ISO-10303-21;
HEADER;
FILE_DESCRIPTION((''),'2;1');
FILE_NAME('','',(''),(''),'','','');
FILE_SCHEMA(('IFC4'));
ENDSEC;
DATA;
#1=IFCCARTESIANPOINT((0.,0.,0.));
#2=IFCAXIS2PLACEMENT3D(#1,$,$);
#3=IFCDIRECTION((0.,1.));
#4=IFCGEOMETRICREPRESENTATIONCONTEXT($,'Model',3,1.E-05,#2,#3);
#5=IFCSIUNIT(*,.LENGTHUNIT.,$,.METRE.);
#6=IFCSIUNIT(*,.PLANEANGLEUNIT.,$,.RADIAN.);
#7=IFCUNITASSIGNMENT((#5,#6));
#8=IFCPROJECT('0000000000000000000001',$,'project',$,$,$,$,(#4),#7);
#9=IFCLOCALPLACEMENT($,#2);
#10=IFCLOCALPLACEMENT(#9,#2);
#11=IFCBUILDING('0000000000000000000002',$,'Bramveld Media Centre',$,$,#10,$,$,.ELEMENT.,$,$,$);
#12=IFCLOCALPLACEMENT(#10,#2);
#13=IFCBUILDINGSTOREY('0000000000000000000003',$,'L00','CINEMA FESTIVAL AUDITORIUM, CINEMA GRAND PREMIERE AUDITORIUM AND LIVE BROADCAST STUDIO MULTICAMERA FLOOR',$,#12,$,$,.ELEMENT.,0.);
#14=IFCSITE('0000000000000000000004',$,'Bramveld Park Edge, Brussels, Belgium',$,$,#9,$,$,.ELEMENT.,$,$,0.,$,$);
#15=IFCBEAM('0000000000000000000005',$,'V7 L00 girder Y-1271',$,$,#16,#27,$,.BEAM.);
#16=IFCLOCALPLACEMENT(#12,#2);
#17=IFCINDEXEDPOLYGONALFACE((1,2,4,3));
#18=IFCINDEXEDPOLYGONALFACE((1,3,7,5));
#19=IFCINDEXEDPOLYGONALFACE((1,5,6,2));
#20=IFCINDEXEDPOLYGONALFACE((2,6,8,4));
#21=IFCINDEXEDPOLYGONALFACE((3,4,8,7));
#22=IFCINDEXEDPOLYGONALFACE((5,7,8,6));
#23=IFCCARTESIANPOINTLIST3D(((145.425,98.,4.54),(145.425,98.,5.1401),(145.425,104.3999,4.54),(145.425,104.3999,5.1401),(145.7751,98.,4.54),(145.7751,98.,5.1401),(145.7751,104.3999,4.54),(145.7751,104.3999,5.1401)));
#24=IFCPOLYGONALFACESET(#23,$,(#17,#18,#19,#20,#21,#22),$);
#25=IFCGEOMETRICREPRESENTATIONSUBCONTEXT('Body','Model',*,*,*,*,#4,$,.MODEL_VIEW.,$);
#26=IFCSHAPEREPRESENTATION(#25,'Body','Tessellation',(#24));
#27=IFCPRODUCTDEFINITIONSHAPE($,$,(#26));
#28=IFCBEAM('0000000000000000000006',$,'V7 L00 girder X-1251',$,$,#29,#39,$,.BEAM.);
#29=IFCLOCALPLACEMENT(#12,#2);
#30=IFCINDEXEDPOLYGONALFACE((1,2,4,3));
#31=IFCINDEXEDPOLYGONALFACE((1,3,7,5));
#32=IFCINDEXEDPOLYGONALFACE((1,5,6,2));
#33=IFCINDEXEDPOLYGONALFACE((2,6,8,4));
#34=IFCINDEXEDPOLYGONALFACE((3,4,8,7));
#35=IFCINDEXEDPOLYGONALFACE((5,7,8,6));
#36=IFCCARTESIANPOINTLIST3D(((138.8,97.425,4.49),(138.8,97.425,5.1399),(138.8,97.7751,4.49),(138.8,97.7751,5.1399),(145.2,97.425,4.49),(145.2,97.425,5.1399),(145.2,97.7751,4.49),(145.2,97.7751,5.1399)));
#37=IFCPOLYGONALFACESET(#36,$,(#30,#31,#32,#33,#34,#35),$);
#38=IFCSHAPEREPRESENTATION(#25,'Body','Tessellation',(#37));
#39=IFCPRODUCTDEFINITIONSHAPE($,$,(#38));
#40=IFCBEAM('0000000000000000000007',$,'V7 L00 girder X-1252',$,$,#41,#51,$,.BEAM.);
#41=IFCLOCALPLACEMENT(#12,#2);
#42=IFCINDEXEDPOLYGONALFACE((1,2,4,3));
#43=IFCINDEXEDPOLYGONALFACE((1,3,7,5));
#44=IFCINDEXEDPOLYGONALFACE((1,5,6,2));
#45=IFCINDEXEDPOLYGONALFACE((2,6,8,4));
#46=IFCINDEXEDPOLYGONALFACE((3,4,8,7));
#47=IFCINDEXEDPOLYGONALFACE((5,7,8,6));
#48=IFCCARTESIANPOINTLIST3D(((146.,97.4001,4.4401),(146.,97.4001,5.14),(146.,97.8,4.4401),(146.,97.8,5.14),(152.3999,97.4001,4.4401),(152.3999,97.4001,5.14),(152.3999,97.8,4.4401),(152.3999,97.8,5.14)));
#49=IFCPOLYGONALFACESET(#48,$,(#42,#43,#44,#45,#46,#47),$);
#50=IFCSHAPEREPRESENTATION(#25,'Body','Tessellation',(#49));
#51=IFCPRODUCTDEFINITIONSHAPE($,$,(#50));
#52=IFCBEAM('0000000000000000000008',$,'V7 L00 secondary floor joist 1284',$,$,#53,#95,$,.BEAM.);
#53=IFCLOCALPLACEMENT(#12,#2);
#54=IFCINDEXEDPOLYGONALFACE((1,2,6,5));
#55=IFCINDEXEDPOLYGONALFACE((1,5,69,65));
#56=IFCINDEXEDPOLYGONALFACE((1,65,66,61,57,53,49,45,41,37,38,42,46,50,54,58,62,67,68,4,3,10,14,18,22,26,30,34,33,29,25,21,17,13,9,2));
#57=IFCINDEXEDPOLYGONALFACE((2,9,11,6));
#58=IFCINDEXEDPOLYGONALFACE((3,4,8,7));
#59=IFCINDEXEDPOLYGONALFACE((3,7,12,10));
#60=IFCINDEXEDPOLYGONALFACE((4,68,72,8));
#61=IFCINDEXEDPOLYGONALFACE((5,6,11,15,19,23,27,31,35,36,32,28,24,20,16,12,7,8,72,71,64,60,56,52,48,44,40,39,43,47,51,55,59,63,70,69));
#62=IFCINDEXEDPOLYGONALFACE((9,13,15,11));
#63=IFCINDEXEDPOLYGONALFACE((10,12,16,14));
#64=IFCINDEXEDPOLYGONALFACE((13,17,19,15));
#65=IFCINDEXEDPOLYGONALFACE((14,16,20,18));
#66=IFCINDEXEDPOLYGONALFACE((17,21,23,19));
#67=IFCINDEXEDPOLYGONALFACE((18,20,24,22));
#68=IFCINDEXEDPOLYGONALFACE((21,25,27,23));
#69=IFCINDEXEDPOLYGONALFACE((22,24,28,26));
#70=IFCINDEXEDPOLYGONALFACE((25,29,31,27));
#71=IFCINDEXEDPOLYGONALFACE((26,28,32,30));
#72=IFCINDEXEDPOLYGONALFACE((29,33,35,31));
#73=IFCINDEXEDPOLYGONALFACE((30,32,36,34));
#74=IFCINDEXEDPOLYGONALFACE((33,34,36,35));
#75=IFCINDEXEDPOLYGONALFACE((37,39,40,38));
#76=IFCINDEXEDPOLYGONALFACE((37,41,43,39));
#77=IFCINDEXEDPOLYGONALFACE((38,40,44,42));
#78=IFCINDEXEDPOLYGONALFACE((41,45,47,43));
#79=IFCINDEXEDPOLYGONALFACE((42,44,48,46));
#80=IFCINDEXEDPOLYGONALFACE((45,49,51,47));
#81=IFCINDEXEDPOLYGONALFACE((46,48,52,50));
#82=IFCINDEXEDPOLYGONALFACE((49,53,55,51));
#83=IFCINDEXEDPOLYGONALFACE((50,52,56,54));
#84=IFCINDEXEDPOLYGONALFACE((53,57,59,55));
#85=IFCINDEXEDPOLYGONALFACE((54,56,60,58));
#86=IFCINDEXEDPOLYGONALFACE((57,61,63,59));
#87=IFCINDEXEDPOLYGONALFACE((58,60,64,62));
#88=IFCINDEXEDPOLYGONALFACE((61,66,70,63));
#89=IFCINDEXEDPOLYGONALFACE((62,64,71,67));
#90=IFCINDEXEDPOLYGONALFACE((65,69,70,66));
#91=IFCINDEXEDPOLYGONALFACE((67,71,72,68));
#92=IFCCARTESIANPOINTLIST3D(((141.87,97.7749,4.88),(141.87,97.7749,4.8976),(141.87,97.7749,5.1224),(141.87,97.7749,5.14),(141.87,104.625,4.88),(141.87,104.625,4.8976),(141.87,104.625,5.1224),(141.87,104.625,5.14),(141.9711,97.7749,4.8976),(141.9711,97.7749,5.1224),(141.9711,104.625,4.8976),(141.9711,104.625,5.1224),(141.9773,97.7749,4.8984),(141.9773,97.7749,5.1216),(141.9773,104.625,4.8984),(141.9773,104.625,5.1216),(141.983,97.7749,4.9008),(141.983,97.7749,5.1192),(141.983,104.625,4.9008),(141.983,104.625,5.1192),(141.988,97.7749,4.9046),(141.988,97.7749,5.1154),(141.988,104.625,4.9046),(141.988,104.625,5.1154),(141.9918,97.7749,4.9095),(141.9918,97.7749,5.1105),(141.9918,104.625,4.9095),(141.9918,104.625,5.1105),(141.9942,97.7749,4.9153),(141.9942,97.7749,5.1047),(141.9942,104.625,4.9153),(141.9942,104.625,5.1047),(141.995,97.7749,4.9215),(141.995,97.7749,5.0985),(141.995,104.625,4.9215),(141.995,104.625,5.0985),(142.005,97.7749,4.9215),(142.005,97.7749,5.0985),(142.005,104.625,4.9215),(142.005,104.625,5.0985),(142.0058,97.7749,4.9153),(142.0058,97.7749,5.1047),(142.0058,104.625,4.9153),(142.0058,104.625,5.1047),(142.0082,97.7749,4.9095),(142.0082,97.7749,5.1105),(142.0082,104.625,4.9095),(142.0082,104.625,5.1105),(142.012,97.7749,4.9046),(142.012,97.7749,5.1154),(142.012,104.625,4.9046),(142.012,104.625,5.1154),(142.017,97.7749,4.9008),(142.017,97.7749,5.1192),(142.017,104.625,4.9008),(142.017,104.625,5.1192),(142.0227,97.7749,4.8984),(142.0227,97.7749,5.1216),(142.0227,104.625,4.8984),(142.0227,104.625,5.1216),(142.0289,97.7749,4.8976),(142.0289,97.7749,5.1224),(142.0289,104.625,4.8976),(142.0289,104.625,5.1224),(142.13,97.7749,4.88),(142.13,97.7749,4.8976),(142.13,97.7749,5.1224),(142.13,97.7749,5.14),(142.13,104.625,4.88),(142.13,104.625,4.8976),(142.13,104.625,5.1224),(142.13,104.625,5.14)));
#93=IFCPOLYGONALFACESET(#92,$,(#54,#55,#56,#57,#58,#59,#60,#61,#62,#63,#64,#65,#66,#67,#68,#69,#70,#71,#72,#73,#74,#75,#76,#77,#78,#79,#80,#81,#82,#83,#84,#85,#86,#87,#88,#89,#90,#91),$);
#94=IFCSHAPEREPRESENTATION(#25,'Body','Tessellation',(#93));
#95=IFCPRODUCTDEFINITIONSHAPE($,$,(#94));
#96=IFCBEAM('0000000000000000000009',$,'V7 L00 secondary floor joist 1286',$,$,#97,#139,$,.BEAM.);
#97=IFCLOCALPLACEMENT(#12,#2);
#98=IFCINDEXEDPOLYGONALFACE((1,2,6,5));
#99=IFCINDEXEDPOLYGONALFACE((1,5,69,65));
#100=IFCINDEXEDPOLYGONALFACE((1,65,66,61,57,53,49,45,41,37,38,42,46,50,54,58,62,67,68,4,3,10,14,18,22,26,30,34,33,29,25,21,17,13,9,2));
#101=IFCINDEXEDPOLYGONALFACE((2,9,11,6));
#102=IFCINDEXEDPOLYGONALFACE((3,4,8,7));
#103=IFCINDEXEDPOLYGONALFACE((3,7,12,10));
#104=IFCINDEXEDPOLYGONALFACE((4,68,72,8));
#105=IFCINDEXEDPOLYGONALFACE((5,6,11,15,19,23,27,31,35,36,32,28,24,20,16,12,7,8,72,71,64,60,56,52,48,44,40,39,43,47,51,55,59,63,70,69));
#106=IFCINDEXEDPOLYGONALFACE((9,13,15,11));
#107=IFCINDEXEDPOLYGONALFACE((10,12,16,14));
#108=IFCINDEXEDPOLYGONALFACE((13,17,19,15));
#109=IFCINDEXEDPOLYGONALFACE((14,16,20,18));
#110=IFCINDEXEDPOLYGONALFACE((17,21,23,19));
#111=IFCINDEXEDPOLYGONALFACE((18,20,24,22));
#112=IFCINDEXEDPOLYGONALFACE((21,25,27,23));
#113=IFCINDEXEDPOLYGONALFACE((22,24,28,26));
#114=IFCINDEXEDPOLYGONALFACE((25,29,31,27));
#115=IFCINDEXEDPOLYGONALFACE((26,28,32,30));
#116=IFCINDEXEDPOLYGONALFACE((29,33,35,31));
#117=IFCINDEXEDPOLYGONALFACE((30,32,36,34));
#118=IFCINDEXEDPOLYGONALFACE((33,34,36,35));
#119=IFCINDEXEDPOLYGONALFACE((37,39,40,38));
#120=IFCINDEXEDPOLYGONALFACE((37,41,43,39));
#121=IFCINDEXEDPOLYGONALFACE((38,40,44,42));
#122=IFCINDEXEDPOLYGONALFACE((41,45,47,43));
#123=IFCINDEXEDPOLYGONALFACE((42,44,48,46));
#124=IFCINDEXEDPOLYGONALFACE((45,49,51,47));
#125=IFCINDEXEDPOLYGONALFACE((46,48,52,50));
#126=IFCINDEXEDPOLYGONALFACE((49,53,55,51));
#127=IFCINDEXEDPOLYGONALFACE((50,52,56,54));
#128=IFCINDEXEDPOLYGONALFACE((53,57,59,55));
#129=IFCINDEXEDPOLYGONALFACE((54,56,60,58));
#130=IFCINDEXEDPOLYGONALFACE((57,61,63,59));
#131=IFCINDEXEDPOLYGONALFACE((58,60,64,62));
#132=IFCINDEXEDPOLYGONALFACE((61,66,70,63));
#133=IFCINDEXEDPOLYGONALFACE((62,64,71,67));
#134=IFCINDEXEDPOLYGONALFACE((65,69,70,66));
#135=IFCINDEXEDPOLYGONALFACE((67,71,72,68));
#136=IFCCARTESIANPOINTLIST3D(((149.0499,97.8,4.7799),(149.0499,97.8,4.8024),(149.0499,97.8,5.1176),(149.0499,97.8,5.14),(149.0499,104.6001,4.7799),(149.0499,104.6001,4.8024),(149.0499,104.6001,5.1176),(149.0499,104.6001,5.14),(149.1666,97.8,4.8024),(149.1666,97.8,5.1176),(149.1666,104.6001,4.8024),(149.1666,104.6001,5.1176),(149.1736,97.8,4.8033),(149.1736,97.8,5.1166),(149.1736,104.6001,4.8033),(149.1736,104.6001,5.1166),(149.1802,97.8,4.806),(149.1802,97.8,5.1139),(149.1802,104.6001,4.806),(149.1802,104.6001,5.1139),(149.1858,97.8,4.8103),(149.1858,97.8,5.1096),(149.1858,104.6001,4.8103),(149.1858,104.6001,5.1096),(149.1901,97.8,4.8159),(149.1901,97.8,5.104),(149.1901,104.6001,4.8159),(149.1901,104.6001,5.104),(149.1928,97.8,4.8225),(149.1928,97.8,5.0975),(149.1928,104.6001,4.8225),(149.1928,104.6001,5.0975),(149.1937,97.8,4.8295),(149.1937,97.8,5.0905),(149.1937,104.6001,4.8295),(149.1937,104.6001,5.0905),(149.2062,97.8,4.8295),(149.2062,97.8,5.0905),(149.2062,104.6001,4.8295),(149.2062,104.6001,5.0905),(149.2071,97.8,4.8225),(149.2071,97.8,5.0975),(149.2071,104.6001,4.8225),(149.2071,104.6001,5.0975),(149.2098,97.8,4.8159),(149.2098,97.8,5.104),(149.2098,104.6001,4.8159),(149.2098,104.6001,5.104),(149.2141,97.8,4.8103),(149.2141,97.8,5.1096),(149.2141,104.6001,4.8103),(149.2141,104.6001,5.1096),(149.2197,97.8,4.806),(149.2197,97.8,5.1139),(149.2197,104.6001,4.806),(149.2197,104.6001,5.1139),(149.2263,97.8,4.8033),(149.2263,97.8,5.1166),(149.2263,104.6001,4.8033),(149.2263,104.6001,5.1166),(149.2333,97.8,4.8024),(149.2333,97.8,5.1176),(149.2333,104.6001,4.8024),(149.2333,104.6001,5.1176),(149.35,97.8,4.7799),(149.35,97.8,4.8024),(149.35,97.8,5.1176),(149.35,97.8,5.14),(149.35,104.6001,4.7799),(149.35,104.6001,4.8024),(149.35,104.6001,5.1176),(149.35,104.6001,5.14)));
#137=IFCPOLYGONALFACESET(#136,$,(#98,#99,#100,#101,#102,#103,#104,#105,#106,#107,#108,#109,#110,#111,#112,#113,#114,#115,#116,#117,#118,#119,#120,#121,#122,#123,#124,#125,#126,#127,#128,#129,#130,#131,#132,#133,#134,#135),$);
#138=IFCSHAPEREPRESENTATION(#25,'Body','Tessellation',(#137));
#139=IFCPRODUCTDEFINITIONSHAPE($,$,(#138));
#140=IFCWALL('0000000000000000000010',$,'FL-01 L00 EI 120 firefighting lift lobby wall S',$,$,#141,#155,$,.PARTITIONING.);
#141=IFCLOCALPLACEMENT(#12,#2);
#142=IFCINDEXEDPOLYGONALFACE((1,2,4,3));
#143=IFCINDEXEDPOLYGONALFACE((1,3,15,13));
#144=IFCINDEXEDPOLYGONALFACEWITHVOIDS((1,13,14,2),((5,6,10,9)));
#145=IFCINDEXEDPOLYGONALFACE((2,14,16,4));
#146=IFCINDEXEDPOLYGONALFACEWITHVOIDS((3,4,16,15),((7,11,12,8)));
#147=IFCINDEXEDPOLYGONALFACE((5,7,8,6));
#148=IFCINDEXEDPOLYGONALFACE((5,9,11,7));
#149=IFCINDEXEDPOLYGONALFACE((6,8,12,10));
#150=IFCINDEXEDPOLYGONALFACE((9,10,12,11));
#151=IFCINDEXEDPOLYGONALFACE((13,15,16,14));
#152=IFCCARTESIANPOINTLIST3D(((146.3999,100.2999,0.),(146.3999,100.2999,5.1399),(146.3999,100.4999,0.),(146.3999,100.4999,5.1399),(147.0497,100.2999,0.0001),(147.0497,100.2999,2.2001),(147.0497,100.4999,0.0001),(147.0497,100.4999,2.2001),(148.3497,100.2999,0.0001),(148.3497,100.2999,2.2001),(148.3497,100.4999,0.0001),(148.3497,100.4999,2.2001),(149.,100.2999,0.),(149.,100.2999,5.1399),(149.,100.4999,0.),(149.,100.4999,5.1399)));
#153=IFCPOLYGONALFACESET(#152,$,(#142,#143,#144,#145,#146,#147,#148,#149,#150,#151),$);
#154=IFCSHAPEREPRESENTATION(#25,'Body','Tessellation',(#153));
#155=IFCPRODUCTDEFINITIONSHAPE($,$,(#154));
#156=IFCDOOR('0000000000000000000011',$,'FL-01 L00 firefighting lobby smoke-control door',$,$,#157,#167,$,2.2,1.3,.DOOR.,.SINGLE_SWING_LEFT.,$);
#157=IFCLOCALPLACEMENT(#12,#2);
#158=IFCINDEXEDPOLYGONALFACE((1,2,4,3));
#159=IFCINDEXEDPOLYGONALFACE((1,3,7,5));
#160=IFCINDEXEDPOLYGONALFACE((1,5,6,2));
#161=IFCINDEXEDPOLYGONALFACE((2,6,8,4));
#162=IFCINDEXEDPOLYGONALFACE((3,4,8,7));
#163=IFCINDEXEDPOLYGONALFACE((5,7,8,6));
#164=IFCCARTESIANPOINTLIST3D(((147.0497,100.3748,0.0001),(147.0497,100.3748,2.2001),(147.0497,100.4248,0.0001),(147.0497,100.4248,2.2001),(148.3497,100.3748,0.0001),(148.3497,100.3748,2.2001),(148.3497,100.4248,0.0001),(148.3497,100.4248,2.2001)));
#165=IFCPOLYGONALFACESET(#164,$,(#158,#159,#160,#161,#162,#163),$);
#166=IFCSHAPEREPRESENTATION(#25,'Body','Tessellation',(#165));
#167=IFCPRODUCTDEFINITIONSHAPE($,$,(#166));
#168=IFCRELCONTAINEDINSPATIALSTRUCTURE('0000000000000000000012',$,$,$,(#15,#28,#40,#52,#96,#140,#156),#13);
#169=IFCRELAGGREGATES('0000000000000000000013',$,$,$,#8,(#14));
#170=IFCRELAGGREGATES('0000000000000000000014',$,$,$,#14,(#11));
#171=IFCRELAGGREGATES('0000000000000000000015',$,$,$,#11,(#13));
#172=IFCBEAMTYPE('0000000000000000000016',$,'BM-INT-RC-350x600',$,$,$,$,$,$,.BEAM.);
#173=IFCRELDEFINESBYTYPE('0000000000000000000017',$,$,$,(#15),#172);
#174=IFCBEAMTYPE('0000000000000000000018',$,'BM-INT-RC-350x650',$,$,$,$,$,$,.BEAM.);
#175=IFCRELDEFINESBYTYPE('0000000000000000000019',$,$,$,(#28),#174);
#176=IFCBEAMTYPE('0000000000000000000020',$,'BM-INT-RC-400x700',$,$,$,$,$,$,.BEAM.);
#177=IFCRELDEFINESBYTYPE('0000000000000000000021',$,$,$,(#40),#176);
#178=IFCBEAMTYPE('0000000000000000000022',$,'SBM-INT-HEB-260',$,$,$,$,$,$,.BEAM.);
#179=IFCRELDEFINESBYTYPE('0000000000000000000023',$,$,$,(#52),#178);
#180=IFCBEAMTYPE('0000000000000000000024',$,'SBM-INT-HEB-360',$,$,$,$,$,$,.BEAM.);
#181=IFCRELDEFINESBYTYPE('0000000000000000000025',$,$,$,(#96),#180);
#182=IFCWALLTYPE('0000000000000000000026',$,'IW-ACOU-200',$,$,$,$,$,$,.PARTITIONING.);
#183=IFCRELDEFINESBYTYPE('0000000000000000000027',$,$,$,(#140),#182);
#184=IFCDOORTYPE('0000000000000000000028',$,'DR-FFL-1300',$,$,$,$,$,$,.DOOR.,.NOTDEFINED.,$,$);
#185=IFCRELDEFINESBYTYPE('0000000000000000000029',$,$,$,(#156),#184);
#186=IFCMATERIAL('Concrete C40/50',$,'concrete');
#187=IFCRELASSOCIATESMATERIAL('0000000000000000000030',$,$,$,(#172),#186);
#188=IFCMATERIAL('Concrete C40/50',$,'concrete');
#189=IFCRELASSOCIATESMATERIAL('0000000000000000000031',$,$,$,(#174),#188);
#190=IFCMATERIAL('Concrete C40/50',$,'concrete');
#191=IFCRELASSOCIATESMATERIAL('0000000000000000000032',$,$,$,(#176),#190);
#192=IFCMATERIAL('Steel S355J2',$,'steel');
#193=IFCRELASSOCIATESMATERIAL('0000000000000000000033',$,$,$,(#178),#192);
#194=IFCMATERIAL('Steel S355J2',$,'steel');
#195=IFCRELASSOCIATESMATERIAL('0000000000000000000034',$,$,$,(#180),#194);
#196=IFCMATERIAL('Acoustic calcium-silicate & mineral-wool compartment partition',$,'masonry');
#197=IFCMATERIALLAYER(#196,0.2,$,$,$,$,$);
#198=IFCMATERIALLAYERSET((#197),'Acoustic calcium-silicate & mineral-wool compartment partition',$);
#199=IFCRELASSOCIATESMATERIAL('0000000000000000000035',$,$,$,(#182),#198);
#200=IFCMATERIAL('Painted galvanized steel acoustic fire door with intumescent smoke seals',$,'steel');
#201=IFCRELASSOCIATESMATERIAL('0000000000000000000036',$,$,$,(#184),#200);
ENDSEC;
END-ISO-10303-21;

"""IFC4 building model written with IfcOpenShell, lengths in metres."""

from ifc_helpers import new_model, si_unit, direction, frame, frame_2d, origin, origin_2d, place, context, subcontext, project, spatial, rectangle, i_section, extrude, material, layer, layer_set, material_profile, profile_set, type_object, element, fill, save


model = new_model("IFC4")

# Units and contexts
model_context = context("Model", 3, precision=1e-05, world=origin(), true_north=direction((0.0, 1.0)))
body_context = subcontext(model_context, "Body", "Model", "MODEL_VIEW")
ifc_project = project(units=[si_unit("LENGTHUNIT", "METRE"), si_unit("PLANEANGLEUNIT", "RADIAN")], contexts=[model_context])

# Site, building, storey
site_placement = place(None, origin())
site = spatial("IfcSite", under=ifc_project, at=site_placement, Name="Bramveld Park Edge, Brussels, Belgium", CompositionType="ELEMENT", RefElevation=0.0)
building_placement = place(site_placement, origin())
building = spatial("IfcBuilding", under=site, at=building_placement, Name="Bramveld Media Centre", CompositionType="ELEMENT")
storey_placement = place(building_placement, origin())
storey = spatial("IfcBuildingStorey", under=building, at=storey_placement, Name="L00", Description="CINEMA FESTIVAL AUDITORIUM, CINEMA GRAND PREMIERE AUDITORIUM AND LIVE BROADCAST STUDIO MULTICAMERA FLOOR", CompositionType="ELEMENT", Elevation=0.0)

# Beams
ifc_material_1 = material(Name="Concrete C40/50", Category="concrete")
ifc_material_profile_1 = material_profile(ifc_material_1, rectangle(XDim=0.3501, YDim=0.6001, at=origin_2d()), Name="RC 350x600")
ifc_profile_set_1 = profile_set([ifc_material_profile_1], Name="Concrete C40/50")
beam_type_1 = type_object("IfcBeamType", Name="BM-INT-RC-350x600", PredefinedType="BEAM", material=ifc_profile_set_1)
for number, where, z_axis, x_axis, name in (
    (1, (145.6001, 98.0, 4.8401), (0.0, 1.0, 0.0), (-1.0, 0.0, 0.0), "V7 L00 girder Y-1271"),
):
    element("IfcBeam", number, at=place(storey_placement, frame(where, z_axis=z_axis, x_axis=x_axis)), inside=storey, type_object=beam_type_1, Name=name, PredefinedType="BEAM", context=body_context, shape_type="SweptSolid", body=[
        extrude(rectangle(XDim=0.3501, YDim=0.6001, at=origin_2d()), origin(), (0.0, 0.0, 1.0), 6.3999),
    ])
ifc_material_2 = material(Name="Concrete C40/50", Category="concrete")
ifc_material_profile_2 = material_profile(ifc_material_2, rectangle(XDim=0.3501, YDim=0.6499, at=origin_2d()), Name="RC 350x650")
ifc_profile_set_2 = profile_set([ifc_material_profile_2], Name="Concrete C40/50")
beam_type_2 = type_object("IfcBeamType", Name="BM-INT-RC-350x650", PredefinedType="BEAM", material=ifc_profile_set_2)
beam_1_placement = place(storey_placement, frame((138.8, 97.6001, 4.8149), z_axis=(1.0, 0.0, 0.0), x_axis=(0.0, 1.0, 0.0)))
element("IfcBeam", 2, at=beam_1_placement, inside=storey, type_object=beam_type_2, Name="V7 L00 girder X-1251", PredefinedType="BEAM", context=body_context, shape_type="SweptSolid", body=[
    extrude(rectangle(XDim=0.3501, YDim=0.6499, at=origin_2d()), origin(), (0.0, 0.0, 1.0), 6.3999),
])
ifc_material_3 = material(Name="Concrete C40/50", Category="concrete")
ifc_material_profile_3 = material_profile(ifc_material_3, rectangle(XDim=0.3999, YDim=0.7, at=origin_2d()), Name="RC 400x700")
ifc_profile_set_3 = profile_set([ifc_material_profile_3], Name="Concrete C40/50")
beam_type_3 = type_object("IfcBeamType", Name="BM-INT-RC-400x700", PredefinedType="BEAM", material=ifc_profile_set_3)
beam_2_placement = place(storey_placement, frame((146.0, 97.6001, 4.79), z_axis=(1.0, 0.0, 0.0), x_axis=(0.0, 1.0, 0.0)))
element("IfcBeam", 3, at=beam_2_placement, inside=storey, type_object=beam_type_3, Name="V7 L00 girder X-1252", PredefinedType="BEAM", context=body_context, shape_type="SweptSolid", body=[
    extrude(rectangle(XDim=0.3999, YDim=0.7, at=origin_2d()), origin(), (0.0, 0.0, 1.0), 6.3999),
])
ifc_material_4 = material(Name="Steel S355J2", Category="steel")
ifc_material_profile_4 = material_profile(ifc_material_4, i_section(OverallWidth=0.26, OverallDepth=0.26, WebThickness=0.01, FlangeThickness=0.0176, FilletRadius=0.0239, at=origin_2d()), Name="HEB 260")
ifc_profile_set_4 = profile_set([ifc_material_profile_4], Name="Steel S355J2")
beam_type_4 = type_object("IfcBeamType", Name="SBM-INT-HEB-260", PredefinedType="BEAM", material=ifc_profile_set_4)
beam_3_placement = place(storey_placement, frame((142.0, 97.7749, 5.01), z_axis=(0.0, 1.0, 0.0), x_axis=(-1.0, 0.0, 0.0)))
element("IfcBeam", 4, at=beam_3_placement, inside=storey, type_object=beam_type_4, Name="V7 L00 secondary floor joist 1284", PredefinedType="BEAM", context=body_context, shape_type="SweptSolid", body=[
    extrude(i_section(OverallWidth=0.26, OverallDepth=0.26, WebThickness=0.01, FlangeThickness=0.0176, FilletRadius=0.0239, at=origin_2d()), origin(), (0.0, 0.0, 1.0), 6.8501),
])
ifc_material_5 = material(Name="Steel S355J2", Category="steel")
ifc_material_profile_5 = material_profile(ifc_material_5, i_section(OverallWidth=0.3, OverallDepth=0.3601, WebThickness=0.0125, FlangeThickness=0.0225, FilletRadius=0.0271, at=origin_2d()), Name="HEB 360")
ifc_profile_set_5 = profile_set([ifc_material_profile_5], Name="Steel S355J2")
beam_type_5 = type_object("IfcBeamType", Name="SBM-INT-HEB-360", PredefinedType="BEAM", material=ifc_profile_set_5)
beam_4_placement = place(storey_placement, frame((149.2, 97.8, 4.96), z_axis=(0.0, 1.0, 0.0), x_axis=(-1.0, 0.0, 0.0)))
element("IfcBeam", 5, at=beam_4_placement, inside=storey, type_object=beam_type_5, Name="V7 L00 secondary floor joist 1286", PredefinedType="BEAM", context=body_context, shape_type="SweptSolid", body=[
    extrude(i_section(OverallWidth=0.3, OverallDepth=0.3601, WebThickness=0.0125, FlangeThickness=0.0225, FilletRadius=0.0271, at=origin_2d()), origin(), (0.0, 0.0, 1.0), 6.8),
])

# Wall, opening, door
ifc_material_6 = material(Name="Acoustic calcium-silicate & mineral-wool compartment partition", Category="masonry")
ifc_layer_1 = layer(ifc_material_6, 0.2)
ifc_layer_set_1 = layer_set([ifc_layer_1], Name="Acoustic calcium-silicate & mineral-wool compartment partition")
wall_type_1 = type_object("IfcWallType", Name="IW-ACOU-200", PredefinedType="PARTITIONING", material=ifc_layer_set_1)
wall_1_placement = place(storey_placement, frame((146.3999, 100.3999, 0.0), z_axis=(0.0, 0.0, 1.0), x_axis=(1.0, 0.0, 0.0)))
wall_1 = element("IfcWall", 6, at=wall_1_placement, inside=storey, type_object=wall_type_1, Name="FL-01 L00 EI 120 firefighting lift lobby wall S", PredefinedType="PARTITIONING", context=body_context, shape_type="SweptSolid", body=[
    extrude(rectangle(XDim=2.6001, YDim=0.2, at=frame_2d((1.3, 0.0))), origin(), (0.0, 0.0, 1.0), 5.1399),
])
opening_1_placement = place(wall_1_placement, frame((0.6499, 0.0, 0.0)))
opening_1 = element("IfcOpeningElement", 7, at=opening_1_placement, cuts=wall_1, PredefinedType="OPENING", context=body_context, shape_type="SweptSolid", body=[
    extrude(rectangle(XDim=1.3, YDim=2.2, at=frame_2d((0.6499, 1.1001))), frame((0.0, 0.1118, 0.0), z_axis=(0.0, -1.0, 0.0), x_axis=(1.0, 0.0, 0.0)), (0.0, 0.0, 1.0), 0.2239),
])
ifc_material_7 = material(Name="Painted galvanized steel acoustic fire door with intumescent smoke seals", Category="steel")
door_type_1 = type_object("IfcDoorType", Name="DR-FFL-1300", OperationType="NOTDEFINED", PredefinedType="DOOR", material=ifc_material_7)
door_1_placement = place(opening_1_placement, origin())
door_1 = element("IfcDoor", 8, at=door_1_placement, inside=storey, type_object=door_type_1, Name="FL-01 L00 firefighting lobby smoke-control door", OperationType="SINGLE_SWING_LEFT", OverallHeight=2.2, OverallWidth=1.3, PredefinedType="DOOR", context=body_context, shape_type="SweptSolid", body=[
    extrude(rectangle(XDim=1.3, YDim=2.2, at=frame_2d((0.6499, 1.1001))), frame((0.0, 0.0249, 0.0), z_axis=(0.0, -1.0, 0.0), x_axis=(1.0, 0.0, 0.0)), (0.0, 0.0, 1.0), 0.05),
])
fill(opening_1, door_1)

save(model, "model.ifc")
